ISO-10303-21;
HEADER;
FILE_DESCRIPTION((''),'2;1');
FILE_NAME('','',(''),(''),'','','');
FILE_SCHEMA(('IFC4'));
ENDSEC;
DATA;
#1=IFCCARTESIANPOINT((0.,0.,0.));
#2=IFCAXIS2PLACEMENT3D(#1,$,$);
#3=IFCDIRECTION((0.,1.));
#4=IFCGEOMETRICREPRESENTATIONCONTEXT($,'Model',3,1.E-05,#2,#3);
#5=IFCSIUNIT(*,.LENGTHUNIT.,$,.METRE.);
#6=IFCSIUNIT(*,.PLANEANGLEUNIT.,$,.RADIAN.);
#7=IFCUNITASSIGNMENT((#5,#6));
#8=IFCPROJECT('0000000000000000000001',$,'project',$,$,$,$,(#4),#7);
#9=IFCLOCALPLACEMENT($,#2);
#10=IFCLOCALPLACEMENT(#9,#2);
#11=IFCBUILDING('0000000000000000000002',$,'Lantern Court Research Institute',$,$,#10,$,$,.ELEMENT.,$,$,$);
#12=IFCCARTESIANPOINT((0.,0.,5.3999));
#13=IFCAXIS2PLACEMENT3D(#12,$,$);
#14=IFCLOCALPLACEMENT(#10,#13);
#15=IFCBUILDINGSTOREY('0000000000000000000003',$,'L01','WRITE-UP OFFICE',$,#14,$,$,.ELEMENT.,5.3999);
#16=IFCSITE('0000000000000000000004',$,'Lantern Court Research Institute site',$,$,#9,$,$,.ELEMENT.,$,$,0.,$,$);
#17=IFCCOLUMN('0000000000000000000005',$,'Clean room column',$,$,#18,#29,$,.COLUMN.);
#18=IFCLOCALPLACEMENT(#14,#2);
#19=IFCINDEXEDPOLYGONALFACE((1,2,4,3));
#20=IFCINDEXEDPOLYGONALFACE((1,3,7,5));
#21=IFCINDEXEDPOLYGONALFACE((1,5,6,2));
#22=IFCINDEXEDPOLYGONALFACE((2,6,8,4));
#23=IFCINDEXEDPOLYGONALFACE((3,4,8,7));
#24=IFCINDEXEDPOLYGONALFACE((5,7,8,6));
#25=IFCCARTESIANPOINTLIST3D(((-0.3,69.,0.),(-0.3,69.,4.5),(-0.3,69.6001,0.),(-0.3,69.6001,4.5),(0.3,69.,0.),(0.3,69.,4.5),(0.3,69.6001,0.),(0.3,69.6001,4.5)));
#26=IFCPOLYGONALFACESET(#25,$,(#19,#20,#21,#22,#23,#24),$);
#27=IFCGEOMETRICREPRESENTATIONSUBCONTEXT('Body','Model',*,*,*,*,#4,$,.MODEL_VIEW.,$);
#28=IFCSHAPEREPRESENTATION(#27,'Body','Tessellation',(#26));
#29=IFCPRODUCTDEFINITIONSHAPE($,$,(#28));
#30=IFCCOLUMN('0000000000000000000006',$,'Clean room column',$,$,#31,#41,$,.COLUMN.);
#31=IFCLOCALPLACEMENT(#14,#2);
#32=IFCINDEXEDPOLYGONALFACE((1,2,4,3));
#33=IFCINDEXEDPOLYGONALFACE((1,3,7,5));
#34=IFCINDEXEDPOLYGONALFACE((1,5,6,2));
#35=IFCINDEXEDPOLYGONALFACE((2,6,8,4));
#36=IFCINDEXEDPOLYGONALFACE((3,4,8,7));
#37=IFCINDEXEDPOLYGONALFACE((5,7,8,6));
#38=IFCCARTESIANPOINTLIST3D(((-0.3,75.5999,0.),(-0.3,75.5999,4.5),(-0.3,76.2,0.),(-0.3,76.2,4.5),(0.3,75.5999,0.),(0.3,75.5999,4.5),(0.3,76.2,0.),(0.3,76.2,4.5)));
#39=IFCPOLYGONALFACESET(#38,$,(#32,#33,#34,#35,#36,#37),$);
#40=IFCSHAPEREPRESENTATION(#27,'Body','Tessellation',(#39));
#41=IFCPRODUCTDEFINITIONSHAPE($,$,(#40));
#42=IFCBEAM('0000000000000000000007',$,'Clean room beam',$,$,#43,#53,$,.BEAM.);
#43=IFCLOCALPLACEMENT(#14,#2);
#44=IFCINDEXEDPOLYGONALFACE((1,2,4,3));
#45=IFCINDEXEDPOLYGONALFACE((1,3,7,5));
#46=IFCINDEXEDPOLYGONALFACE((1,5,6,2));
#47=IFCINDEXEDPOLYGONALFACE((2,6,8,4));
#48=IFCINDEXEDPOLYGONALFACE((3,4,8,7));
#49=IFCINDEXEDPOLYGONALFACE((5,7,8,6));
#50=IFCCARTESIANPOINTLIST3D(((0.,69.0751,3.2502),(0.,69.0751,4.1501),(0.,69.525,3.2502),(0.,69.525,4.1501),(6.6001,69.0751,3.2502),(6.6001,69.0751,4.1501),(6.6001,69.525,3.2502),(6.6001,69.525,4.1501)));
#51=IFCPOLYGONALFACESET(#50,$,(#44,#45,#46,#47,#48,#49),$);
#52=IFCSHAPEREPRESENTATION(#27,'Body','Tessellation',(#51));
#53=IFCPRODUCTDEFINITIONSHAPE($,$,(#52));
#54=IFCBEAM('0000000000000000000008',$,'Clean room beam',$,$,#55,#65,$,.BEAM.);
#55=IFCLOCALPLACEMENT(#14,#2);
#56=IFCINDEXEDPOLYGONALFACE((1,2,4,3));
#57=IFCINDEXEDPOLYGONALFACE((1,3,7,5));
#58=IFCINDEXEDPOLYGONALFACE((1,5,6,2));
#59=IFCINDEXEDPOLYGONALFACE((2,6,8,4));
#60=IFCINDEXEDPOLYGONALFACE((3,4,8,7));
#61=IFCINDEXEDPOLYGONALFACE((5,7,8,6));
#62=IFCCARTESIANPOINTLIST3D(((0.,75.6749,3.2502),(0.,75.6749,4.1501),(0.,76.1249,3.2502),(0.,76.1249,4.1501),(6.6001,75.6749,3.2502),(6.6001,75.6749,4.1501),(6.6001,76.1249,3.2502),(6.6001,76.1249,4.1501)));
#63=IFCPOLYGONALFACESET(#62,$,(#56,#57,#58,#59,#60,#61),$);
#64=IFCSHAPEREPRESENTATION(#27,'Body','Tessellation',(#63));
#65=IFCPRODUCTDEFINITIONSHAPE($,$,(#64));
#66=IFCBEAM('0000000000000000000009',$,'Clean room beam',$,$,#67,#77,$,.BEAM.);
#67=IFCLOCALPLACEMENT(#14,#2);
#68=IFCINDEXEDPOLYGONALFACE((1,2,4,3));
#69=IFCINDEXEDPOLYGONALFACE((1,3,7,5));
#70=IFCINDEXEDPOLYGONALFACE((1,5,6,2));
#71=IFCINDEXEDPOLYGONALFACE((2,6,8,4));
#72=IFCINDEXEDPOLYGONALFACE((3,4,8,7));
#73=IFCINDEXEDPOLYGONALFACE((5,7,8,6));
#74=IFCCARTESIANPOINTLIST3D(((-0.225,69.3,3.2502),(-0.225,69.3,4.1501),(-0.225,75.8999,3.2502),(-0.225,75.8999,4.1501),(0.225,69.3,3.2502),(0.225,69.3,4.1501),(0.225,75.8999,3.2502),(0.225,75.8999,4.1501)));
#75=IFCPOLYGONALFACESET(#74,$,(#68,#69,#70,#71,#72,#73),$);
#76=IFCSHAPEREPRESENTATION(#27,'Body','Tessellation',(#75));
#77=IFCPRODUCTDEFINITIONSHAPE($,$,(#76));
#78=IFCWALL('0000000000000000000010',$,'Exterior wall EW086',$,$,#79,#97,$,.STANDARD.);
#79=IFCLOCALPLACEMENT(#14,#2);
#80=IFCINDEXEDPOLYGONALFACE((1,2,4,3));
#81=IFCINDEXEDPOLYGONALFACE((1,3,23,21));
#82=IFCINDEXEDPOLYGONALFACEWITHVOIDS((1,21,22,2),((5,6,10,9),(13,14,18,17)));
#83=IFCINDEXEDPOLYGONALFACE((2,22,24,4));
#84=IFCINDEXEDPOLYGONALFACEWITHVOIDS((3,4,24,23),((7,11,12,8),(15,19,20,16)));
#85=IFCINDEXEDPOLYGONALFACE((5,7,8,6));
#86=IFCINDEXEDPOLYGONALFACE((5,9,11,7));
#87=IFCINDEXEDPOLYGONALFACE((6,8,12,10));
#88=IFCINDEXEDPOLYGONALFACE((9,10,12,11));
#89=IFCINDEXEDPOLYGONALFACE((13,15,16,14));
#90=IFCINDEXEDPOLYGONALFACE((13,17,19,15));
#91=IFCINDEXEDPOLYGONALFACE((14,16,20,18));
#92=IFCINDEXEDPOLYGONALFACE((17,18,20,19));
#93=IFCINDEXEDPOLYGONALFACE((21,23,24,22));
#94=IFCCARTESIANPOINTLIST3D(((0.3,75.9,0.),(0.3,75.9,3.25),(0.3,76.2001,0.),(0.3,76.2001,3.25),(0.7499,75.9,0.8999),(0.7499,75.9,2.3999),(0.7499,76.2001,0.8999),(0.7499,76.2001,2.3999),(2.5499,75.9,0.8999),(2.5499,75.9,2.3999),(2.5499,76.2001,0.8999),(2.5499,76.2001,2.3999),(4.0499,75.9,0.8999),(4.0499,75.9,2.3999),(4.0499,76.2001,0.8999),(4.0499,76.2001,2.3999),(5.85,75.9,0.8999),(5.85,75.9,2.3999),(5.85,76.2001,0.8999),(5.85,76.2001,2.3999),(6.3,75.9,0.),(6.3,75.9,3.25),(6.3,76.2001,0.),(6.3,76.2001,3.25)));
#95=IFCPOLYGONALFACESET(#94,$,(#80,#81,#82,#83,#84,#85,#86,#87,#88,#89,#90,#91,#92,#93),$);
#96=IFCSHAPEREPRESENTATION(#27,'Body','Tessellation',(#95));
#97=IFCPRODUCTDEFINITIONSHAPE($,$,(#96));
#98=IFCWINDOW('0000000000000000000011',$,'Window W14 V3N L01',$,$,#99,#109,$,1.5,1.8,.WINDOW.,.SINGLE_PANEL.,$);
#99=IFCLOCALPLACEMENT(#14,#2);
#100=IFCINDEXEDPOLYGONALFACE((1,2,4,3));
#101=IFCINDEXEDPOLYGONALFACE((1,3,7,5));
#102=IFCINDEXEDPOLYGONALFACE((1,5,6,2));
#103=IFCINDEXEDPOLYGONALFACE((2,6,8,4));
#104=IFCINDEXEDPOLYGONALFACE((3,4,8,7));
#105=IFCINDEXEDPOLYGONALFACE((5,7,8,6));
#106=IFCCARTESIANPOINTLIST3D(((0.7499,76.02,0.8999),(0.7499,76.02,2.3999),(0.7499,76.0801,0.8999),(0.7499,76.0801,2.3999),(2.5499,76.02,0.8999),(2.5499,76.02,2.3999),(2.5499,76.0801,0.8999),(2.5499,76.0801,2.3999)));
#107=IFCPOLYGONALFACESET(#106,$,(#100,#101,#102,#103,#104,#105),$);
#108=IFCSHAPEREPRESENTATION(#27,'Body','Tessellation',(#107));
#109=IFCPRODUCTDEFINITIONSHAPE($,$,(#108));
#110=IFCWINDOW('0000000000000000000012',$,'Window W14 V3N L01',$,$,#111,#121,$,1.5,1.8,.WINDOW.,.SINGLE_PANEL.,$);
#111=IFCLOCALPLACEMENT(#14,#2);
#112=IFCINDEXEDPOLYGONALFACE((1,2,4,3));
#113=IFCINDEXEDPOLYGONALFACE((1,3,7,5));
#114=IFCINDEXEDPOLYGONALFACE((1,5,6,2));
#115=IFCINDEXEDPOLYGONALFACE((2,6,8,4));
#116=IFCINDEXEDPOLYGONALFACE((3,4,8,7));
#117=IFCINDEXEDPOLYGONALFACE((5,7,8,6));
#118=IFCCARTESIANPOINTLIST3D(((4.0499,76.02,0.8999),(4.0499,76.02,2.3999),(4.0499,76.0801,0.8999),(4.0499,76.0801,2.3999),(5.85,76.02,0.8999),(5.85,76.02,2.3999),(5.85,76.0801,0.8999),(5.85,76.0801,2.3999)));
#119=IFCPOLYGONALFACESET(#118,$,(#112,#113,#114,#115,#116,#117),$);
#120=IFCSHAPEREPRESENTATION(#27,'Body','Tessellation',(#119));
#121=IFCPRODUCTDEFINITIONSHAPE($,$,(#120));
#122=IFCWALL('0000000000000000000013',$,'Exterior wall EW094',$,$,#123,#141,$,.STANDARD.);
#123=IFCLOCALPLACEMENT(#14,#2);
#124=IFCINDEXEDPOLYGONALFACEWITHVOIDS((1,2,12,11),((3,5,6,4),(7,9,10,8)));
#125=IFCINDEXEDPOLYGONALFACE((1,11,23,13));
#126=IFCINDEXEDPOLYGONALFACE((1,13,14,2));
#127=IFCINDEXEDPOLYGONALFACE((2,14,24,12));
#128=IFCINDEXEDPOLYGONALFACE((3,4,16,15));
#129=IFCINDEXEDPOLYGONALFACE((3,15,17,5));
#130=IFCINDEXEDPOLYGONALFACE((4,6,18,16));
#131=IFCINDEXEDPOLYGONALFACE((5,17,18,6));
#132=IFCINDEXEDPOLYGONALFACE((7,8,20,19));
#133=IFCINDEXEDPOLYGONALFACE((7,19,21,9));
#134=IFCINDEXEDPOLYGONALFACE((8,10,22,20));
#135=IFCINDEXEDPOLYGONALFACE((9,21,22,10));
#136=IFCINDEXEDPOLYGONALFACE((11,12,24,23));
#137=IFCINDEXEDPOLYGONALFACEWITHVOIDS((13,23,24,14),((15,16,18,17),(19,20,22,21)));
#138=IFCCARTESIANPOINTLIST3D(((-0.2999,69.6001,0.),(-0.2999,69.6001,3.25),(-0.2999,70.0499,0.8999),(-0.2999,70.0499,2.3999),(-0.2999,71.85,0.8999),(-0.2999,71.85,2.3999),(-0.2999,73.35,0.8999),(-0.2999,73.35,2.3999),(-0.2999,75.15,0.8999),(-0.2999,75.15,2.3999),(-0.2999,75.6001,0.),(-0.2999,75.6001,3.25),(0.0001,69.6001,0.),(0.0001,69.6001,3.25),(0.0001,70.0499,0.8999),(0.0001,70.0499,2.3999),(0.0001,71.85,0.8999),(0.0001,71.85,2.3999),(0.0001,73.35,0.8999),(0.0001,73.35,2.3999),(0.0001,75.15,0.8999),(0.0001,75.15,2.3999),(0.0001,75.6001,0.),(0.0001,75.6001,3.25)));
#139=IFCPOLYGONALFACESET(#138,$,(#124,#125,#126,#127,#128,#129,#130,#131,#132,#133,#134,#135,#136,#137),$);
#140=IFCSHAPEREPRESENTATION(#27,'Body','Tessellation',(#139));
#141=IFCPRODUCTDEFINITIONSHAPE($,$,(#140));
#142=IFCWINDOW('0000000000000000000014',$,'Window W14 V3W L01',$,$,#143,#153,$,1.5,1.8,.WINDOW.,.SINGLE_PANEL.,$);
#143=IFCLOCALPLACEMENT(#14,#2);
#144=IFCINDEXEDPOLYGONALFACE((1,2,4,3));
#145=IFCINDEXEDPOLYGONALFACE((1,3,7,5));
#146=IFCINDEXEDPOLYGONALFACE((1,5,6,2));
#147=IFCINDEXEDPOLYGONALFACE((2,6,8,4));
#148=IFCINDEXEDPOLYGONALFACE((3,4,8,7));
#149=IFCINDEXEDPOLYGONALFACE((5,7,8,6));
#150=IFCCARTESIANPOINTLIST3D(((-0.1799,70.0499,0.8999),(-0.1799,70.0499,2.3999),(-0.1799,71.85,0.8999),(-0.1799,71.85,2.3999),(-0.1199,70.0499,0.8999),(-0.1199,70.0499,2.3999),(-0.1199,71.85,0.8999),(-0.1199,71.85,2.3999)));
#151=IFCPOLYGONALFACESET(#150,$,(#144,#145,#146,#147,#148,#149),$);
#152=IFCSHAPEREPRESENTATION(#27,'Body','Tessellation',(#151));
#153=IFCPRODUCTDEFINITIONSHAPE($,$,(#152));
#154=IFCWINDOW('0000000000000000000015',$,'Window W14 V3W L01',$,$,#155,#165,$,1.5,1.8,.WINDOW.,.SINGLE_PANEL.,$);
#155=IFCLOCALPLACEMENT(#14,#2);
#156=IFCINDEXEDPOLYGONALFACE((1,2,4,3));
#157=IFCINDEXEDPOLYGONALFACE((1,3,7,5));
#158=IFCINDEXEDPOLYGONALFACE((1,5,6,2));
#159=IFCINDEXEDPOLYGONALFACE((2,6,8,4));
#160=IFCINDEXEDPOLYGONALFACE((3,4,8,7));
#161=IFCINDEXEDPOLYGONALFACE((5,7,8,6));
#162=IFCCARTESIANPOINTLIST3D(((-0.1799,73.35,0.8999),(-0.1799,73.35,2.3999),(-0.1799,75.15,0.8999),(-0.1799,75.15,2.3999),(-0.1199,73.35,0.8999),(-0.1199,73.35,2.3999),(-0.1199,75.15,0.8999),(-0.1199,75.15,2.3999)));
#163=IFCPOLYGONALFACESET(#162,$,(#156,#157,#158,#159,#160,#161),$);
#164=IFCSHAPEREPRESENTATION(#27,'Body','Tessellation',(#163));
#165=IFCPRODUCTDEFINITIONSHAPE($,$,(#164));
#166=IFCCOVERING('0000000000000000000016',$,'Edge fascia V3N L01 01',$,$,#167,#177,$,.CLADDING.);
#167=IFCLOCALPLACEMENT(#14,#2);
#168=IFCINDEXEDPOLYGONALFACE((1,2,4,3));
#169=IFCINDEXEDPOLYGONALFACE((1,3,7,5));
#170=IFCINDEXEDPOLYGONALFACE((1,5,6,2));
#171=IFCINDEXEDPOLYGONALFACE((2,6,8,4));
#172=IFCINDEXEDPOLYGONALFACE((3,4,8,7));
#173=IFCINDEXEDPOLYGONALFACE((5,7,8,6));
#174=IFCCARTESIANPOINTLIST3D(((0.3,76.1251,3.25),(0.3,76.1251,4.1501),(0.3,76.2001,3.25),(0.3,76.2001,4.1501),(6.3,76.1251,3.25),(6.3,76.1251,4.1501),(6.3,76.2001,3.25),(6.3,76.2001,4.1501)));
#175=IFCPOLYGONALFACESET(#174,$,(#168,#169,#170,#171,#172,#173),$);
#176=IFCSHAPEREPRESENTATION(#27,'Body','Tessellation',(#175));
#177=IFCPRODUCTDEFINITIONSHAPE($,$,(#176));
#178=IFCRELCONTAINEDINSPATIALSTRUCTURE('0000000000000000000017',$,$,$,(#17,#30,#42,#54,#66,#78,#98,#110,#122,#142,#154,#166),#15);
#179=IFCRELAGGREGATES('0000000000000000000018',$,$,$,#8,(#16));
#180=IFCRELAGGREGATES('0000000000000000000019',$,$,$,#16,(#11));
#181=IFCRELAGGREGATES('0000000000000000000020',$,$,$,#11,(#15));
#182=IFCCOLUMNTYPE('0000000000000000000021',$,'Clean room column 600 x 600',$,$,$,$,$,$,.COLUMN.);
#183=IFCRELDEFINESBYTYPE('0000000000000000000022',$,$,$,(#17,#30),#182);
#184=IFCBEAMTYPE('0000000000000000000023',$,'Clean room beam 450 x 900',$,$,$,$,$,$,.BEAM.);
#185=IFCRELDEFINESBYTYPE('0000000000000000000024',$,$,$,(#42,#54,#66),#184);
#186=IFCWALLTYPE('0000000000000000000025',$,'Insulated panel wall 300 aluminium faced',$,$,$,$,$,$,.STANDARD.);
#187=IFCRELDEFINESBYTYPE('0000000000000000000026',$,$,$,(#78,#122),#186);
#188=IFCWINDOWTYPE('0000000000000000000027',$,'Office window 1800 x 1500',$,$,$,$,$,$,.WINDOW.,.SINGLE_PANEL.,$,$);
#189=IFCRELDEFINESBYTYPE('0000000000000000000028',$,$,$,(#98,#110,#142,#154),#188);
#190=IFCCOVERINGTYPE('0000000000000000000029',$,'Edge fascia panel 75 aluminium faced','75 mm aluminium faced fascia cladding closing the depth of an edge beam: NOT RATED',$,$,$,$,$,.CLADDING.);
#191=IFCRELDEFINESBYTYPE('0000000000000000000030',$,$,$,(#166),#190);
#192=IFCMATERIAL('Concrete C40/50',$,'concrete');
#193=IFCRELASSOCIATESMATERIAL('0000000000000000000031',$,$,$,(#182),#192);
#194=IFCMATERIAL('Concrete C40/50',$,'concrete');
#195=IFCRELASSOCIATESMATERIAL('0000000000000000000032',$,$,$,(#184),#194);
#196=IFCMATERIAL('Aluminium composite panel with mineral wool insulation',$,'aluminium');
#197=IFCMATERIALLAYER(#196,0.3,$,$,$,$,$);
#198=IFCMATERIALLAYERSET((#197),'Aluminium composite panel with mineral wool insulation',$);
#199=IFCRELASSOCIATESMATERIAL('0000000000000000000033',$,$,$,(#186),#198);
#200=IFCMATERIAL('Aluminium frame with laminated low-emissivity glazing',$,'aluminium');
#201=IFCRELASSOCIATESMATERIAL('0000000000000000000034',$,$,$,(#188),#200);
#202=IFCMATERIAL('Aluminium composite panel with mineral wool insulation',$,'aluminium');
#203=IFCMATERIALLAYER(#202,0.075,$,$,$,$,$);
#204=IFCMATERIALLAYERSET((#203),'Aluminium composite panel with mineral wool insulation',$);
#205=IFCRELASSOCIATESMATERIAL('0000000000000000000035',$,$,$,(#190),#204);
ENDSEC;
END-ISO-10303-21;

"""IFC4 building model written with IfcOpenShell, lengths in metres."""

from ifc_helpers import new_model, si_unit, direction, frame, frame_2d, origin, origin_2d, place, context, subcontext, project, spatial, rectangle, extrude, material, layer, layer_set, material_profile, profile_set, type_object, element, fill, save


model = new_model("IFC4")

# Units and contexts
model_context = context("Model", 3, precision=1e-05, world=origin(), true_north=direction((0.0, 1.0)))
body_context = subcontext(model_context, "Body", "Model", "MODEL_VIEW")
ifc_project = project(units=[si_unit("LENGTHUNIT", "METRE"), si_unit("PLANEANGLEUNIT", "RADIAN")], contexts=[model_context])

# Site, building, storey
site_placement = place(None, origin())
site = spatial("IfcSite", under=ifc_project, at=site_placement, Name="Lantern Court Research Institute site", CompositionType="ELEMENT", RefElevation=0.0)
building_placement = place(site_placement, origin())
building = spatial("IfcBuilding", under=site, at=building_placement, Name="Lantern Court Research Institute", CompositionType="ELEMENT")
storey_placement = place(building_placement, frame((0.0, 0.0, 5.3999)))
storey = spatial("IfcBuildingStorey", under=building, at=storey_placement, Name="L01", Description="WRITE-UP OFFICE", CompositionType="ELEMENT", Elevation=5.3999)

# Columns
ifc_material_1 = material(Name="Concrete C40/50", Category="concrete")
ifc_material_profile_1 = material_profile(ifc_material_1, rectangle(XDim=0.6001, YDim=0.6001, at=origin_2d()), Name="Clean room column 600 x 600")
ifc_profile_set_1 = profile_set([ifc_material_profile_1], Name="Concrete C40/50")
column_type = type_object("IfcColumnType", Name="Clean room column 600 x 600", PredefinedType="COLUMN", material=ifc_profile_set_1)
for number, where, z_axis, x_axis, name in (
    (1, (0.0, 69.3, 0.0), (0.0, 0.0, 1.0), (1.0, 0.0, 0.0), "Clean room column"),
    (2, (0.0, 75.8999, 0.0), (0.0, 0.0, 1.0), (1.0, 0.0, 0.0), "Clean room column"),
):
    element("IfcColumn", number, at=place(storey_placement, frame(where, z_axis=z_axis, x_axis=x_axis)), inside=storey, type_object=column_type, Name=name, PredefinedType="COLUMN", context=body_context, shape_type="SweptSolid", body=[
        extrude(rectangle(XDim=0.6001, YDim=0.6001, at=origin_2d()), origin(), (0.0, 0.0, 1.0), 4.5),
    ])

# Beams
ifc_material_2 = material(Name="Concrete C40/50", Category="concrete")
ifc_material_profile_2 = material_profile(ifc_material_2, rectangle(XDim=0.45, YDim=0.8999, at=origin_2d()), Name="Clean room beam 450 x 900")
ifc_profile_set_2 = profile_set([ifc_material_profile_2], Name="Concrete C40/50")
beam_type = type_object("IfcBeamType", Name="Clean room beam 450 x 900", PredefinedType="BEAM", material=ifc_profile_set_2)
for number, where, z_axis, x_axis, name in (
    (3, (0.0, 69.3, 3.7002), (1.0, 0.0, 0.0), (0.0, 1.0, 0.0), "Clean room beam"),
    (4, (0.0, 75.8999, 3.7002), (1.0, 0.0, 0.0), (0.0, 1.0, 0.0), "Clean room beam"),
):
    element("IfcBeam", number, at=place(storey_placement, frame(where, z_axis=z_axis, x_axis=x_axis)), inside=storey, type_object=beam_type, Name=name, PredefinedType="BEAM", context=body_context, shape_type="SweptSolid", body=[
        extrude(rectangle(XDim=0.45, YDim=0.8999, at=origin_2d()), origin(), (0.0, 0.0, 1.0), 6.6001),
    ])
beam_placement = place(storey_placement, frame((0.0, 69.3, 3.7002), z_axis=(0.0, 1.0, 0.0), x_axis=(-1.0, 0.0, 0.0)))
element("IfcBeam", 5, at=beam_placement, inside=storey, type_object=beam_type, Name="Clean room beam", PredefinedType="BEAM", context=body_context, shape_type="SweptSolid", body=[
    extrude(rectangle(XDim=0.45, YDim=0.8999, at=origin_2d()), origin(), (0.0, 0.0, 1.0), 6.5999),
])

# Walls, openings, windows
ifc_material_3 = material(Name="Aluminium composite panel with mineral wool insulation", Category="aluminium")
ifc_layer_1 = layer(ifc_material_3, 0.3)
ifc_layer_set_1 = layer_set([ifc_layer_1], Name="Aluminium composite panel with mineral wool insulation")
wall_type = type_object("IfcWallType", Name="Insulated panel wall 300 aluminium faced", PredefinedType="STANDARD", material=ifc_layer_set_1)
wall_1_placement = place(storey_placement, frame((0.3, 76.05, 0.0), z_axis=(0.0, 0.0, 1.0), x_axis=(1.0, 0.0, 0.0)))
wall_1 = element("IfcWall", 6, at=wall_1_placement, inside=storey, type_object=wall_type, Name="Exterior wall EW086", PredefinedType="STANDARD", context=body_context, shape_type="SweptSolid", body=[
    extrude(rectangle(XDim=6.0, YDim=0.3, at=frame_2d((3.0, 0.0))), origin(), (0.0, 0.0, 1.0), 3.25),
])
opening_1_placement = place(wall_1_placement, frame((0.45, 0.0, 0.8999)))
opening_1 = element("IfcOpeningElement", 7, at=opening_1_placement, cuts=wall_1, PredefinedType="OPENING", context=body_context, shape_type="SweptSolid", body=[
    extrude(rectangle(XDim=1.8, YDim=1.5, at=frame_2d((0.8999, 0.75))), frame((0.0, 0.1599, 0.0), z_axis=(0.0, -1.0, 0.0), x_axis=(1.0, 0.0, 0.0)), (0.0, 0.0, 1.0), 0.3201),
])
opening_2_placement = place(wall_1_placement, frame((3.75, 0.0, 0.8999)))
opening_2 = element("IfcOpeningElement", 8, at=opening_2_placement, cuts=wall_1, PredefinedType="OPENING", context=body_context, shape_type="SweptSolid", body=[
    extrude(rectangle(XDim=1.8, YDim=1.5, at=frame_2d((0.8999, 0.75))), frame((0.0, 0.1599, 0.0), z_axis=(0.0, -1.0, 0.0), x_axis=(1.0, 0.0, 0.0)), (0.0, 0.0, 1.0), 0.3201),
])
ifc_material_4 = material(Name="Aluminium frame with laminated low-emissivity glazing", Category="aluminium")
window_type = type_object("IfcWindowType", Name="Office window 1800 x 1500", PartitioningType="SINGLE_PANEL", PredefinedType="WINDOW", material=ifc_material_4)
window_1_placement = place(opening_1_placement, origin())
window_1 = element("IfcWindow", 9, at=window_1_placement, inside=storey, type_object=window_type, Name="Window W14 V3N L01", OverallHeight=1.5, OverallWidth=1.8, PartitioningType="SINGLE_PANEL", PredefinedType="WINDOW", context=body_context, shape_type="SweptSolid", body=[
    extrude(rectangle(XDim=1.8, YDim=1.5, at=frame_2d((0.8999, 0.75))), frame((0.0, 0.03, 0.0), z_axis=(0.0, -1.0, 0.0), x_axis=(1.0, 0.0, 0.0)), (0.0, 0.0, 1.0), 0.0601),
])
fill(opening_1, window_1)
window_2_placement = place(opening_2_placement, origin())
window_2 = element("IfcWindow", 10, at=window_2_placement, inside=storey, type_object=window_type, Name="Window W14 V3N L01", OverallHeight=1.5, OverallWidth=1.8, PartitioningType="SINGLE_PANEL", PredefinedType="WINDOW", context=body_context, shape_type="SweptSolid", body=[
    extrude(rectangle(XDim=1.8, YDim=1.5, at=frame_2d((0.8999, 0.75))), frame((0.0, 0.03, 0.0), z_axis=(0.0, -1.0, 0.0), x_axis=(1.0, 0.0, 0.0)), (0.0, 0.0, 1.0), 0.0601),
])
fill(opening_2, window_2)
wall_2_placement = place(storey_placement, frame((-0.1499, 69.6001, 0.0), z_axis=(0.0, 0.0, 1.0), x_axis=(0.0, 1.0, 0.0)))
wall_2 = element("IfcWall", 11, at=wall_2_placement, inside=storey, type_object=wall_type, Name="Exterior wall EW094", PredefinedType="STANDARD", context=body_context, shape_type="SweptSolid", body=[
    extrude(rectangle(XDim=6.0, YDim=0.3, at=frame_2d((3.0, 0.0))), origin(), (0.0, 0.0, 1.0), 3.25),
])
opening_3_placement = place(wall_2_placement, frame((0.45, 0.0, 0.8999)))
opening_3 = element("IfcOpeningElement", 12, at=opening_3_placement, cuts=wall_2, PredefinedType="OPENING", context=body_context, shape_type="SweptSolid", body=[
    extrude(rectangle(XDim=1.8, YDim=1.5, at=frame_2d((0.8999, 0.75))), frame((0.0, 0.1599, 0.0), z_axis=(0.0, -1.0, 0.0), x_axis=(1.0, 0.0, 0.0)), (0.0, 0.0, 1.0), 0.3201),
])
opening_4_placement = place(wall_2_placement, frame((3.75, 0.0, 0.8999)))
opening_4 = element("IfcOpeningElement", 13, at=opening_4_placement, cuts=wall_2, PredefinedType="OPENING", context=body_context, shape_type="SweptSolid", body=[
    extrude(rectangle(XDim=1.8, YDim=1.5, at=frame_2d((0.8999, 0.75))), frame((0.0, 0.1599, 0.0), z_axis=(0.0, -1.0, 0.0), x_axis=(1.0, 0.0, 0.0)), (0.0, 0.0, 1.0), 0.3201),
])
window_3_placement = place(opening_3_placement, origin())
window_3 = element("IfcWindow", 14, at=window_3_placement, inside=storey, type_object=window_type, Name="Window W14 V3W L01", OverallHeight=1.5, OverallWidth=1.8, PartitioningType="SINGLE_PANEL", PredefinedType="WINDOW", context=body_context, shape_type="SweptSolid", body=[
    extrude(rectangle(XDim=1.8, YDim=1.5, at=frame_2d((0.8999, 0.75))), frame((0.0, 0.03, 0.0), z_axis=(0.0, -1.0, 0.0), x_axis=(1.0, 0.0, 0.0)), (0.0, 0.0, 1.0), 0.0601),
])
fill(opening_3, window_3)
window_4_placement = place(opening_4_placement, origin())
window_4 = element("IfcWindow", 15, at=window_4_placement, inside=storey, type_object=window_type, Name="Window W14 V3W L01", OverallHeight=1.5, OverallWidth=1.8, PartitioningType="SINGLE_PANEL", PredefinedType="WINDOW", context=body_context, shape_type="SweptSolid", body=[
    extrude(rectangle(XDim=1.8, YDim=1.5, at=frame_2d((0.8999, 0.75))), frame((0.0, 0.03, 0.0), z_axis=(0.0, -1.0, 0.0), x_axis=(1.0, 0.0, 0.0)), (0.0, 0.0, 1.0), 0.0601),
])
fill(opening_4, window_4)

# Covering
ifc_material_5 = material(Name="Aluminium composite panel with mineral wool insulation", Category="aluminium")
ifc_layer_2 = layer(ifc_material_5, 0.075)
ifc_layer_set_2 = layer_set([ifc_layer_2], Name="Aluminium composite panel with mineral wool insulation")
covering_type_1 = type_object("IfcCoveringType", Name="Edge fascia panel 75 aluminium faced", Description="75 mm aluminium faced fascia cladding closing the depth of an edge beam: NOT RATED", PredefinedType="CLADDING", material=ifc_layer_set_2)
for number, where, z_axis, x_axis, name in (
    (16, (0.3, 76.1626, 3.25), (0.0, 0.0, 1.0), (1.0, 0.0, 0.0), "Edge fascia V3N L01 01"),
):
    element("IfcCovering", number, at=place(storey_placement, frame(where, z_axis=z_axis, x_axis=x_axis)), inside=storey, type_object=covering_type_1, Name=name, PredefinedType="CLADDING", context=body_context, shape_type="SweptSolid", body=[
        extrude(rectangle(XDim=6.0, YDim=0.075, at=frame_2d((3.0, 0.0))), origin(), (0.0, 0.0, 1.0), 0.9001),
    ])

save(model, "model.ifc")
